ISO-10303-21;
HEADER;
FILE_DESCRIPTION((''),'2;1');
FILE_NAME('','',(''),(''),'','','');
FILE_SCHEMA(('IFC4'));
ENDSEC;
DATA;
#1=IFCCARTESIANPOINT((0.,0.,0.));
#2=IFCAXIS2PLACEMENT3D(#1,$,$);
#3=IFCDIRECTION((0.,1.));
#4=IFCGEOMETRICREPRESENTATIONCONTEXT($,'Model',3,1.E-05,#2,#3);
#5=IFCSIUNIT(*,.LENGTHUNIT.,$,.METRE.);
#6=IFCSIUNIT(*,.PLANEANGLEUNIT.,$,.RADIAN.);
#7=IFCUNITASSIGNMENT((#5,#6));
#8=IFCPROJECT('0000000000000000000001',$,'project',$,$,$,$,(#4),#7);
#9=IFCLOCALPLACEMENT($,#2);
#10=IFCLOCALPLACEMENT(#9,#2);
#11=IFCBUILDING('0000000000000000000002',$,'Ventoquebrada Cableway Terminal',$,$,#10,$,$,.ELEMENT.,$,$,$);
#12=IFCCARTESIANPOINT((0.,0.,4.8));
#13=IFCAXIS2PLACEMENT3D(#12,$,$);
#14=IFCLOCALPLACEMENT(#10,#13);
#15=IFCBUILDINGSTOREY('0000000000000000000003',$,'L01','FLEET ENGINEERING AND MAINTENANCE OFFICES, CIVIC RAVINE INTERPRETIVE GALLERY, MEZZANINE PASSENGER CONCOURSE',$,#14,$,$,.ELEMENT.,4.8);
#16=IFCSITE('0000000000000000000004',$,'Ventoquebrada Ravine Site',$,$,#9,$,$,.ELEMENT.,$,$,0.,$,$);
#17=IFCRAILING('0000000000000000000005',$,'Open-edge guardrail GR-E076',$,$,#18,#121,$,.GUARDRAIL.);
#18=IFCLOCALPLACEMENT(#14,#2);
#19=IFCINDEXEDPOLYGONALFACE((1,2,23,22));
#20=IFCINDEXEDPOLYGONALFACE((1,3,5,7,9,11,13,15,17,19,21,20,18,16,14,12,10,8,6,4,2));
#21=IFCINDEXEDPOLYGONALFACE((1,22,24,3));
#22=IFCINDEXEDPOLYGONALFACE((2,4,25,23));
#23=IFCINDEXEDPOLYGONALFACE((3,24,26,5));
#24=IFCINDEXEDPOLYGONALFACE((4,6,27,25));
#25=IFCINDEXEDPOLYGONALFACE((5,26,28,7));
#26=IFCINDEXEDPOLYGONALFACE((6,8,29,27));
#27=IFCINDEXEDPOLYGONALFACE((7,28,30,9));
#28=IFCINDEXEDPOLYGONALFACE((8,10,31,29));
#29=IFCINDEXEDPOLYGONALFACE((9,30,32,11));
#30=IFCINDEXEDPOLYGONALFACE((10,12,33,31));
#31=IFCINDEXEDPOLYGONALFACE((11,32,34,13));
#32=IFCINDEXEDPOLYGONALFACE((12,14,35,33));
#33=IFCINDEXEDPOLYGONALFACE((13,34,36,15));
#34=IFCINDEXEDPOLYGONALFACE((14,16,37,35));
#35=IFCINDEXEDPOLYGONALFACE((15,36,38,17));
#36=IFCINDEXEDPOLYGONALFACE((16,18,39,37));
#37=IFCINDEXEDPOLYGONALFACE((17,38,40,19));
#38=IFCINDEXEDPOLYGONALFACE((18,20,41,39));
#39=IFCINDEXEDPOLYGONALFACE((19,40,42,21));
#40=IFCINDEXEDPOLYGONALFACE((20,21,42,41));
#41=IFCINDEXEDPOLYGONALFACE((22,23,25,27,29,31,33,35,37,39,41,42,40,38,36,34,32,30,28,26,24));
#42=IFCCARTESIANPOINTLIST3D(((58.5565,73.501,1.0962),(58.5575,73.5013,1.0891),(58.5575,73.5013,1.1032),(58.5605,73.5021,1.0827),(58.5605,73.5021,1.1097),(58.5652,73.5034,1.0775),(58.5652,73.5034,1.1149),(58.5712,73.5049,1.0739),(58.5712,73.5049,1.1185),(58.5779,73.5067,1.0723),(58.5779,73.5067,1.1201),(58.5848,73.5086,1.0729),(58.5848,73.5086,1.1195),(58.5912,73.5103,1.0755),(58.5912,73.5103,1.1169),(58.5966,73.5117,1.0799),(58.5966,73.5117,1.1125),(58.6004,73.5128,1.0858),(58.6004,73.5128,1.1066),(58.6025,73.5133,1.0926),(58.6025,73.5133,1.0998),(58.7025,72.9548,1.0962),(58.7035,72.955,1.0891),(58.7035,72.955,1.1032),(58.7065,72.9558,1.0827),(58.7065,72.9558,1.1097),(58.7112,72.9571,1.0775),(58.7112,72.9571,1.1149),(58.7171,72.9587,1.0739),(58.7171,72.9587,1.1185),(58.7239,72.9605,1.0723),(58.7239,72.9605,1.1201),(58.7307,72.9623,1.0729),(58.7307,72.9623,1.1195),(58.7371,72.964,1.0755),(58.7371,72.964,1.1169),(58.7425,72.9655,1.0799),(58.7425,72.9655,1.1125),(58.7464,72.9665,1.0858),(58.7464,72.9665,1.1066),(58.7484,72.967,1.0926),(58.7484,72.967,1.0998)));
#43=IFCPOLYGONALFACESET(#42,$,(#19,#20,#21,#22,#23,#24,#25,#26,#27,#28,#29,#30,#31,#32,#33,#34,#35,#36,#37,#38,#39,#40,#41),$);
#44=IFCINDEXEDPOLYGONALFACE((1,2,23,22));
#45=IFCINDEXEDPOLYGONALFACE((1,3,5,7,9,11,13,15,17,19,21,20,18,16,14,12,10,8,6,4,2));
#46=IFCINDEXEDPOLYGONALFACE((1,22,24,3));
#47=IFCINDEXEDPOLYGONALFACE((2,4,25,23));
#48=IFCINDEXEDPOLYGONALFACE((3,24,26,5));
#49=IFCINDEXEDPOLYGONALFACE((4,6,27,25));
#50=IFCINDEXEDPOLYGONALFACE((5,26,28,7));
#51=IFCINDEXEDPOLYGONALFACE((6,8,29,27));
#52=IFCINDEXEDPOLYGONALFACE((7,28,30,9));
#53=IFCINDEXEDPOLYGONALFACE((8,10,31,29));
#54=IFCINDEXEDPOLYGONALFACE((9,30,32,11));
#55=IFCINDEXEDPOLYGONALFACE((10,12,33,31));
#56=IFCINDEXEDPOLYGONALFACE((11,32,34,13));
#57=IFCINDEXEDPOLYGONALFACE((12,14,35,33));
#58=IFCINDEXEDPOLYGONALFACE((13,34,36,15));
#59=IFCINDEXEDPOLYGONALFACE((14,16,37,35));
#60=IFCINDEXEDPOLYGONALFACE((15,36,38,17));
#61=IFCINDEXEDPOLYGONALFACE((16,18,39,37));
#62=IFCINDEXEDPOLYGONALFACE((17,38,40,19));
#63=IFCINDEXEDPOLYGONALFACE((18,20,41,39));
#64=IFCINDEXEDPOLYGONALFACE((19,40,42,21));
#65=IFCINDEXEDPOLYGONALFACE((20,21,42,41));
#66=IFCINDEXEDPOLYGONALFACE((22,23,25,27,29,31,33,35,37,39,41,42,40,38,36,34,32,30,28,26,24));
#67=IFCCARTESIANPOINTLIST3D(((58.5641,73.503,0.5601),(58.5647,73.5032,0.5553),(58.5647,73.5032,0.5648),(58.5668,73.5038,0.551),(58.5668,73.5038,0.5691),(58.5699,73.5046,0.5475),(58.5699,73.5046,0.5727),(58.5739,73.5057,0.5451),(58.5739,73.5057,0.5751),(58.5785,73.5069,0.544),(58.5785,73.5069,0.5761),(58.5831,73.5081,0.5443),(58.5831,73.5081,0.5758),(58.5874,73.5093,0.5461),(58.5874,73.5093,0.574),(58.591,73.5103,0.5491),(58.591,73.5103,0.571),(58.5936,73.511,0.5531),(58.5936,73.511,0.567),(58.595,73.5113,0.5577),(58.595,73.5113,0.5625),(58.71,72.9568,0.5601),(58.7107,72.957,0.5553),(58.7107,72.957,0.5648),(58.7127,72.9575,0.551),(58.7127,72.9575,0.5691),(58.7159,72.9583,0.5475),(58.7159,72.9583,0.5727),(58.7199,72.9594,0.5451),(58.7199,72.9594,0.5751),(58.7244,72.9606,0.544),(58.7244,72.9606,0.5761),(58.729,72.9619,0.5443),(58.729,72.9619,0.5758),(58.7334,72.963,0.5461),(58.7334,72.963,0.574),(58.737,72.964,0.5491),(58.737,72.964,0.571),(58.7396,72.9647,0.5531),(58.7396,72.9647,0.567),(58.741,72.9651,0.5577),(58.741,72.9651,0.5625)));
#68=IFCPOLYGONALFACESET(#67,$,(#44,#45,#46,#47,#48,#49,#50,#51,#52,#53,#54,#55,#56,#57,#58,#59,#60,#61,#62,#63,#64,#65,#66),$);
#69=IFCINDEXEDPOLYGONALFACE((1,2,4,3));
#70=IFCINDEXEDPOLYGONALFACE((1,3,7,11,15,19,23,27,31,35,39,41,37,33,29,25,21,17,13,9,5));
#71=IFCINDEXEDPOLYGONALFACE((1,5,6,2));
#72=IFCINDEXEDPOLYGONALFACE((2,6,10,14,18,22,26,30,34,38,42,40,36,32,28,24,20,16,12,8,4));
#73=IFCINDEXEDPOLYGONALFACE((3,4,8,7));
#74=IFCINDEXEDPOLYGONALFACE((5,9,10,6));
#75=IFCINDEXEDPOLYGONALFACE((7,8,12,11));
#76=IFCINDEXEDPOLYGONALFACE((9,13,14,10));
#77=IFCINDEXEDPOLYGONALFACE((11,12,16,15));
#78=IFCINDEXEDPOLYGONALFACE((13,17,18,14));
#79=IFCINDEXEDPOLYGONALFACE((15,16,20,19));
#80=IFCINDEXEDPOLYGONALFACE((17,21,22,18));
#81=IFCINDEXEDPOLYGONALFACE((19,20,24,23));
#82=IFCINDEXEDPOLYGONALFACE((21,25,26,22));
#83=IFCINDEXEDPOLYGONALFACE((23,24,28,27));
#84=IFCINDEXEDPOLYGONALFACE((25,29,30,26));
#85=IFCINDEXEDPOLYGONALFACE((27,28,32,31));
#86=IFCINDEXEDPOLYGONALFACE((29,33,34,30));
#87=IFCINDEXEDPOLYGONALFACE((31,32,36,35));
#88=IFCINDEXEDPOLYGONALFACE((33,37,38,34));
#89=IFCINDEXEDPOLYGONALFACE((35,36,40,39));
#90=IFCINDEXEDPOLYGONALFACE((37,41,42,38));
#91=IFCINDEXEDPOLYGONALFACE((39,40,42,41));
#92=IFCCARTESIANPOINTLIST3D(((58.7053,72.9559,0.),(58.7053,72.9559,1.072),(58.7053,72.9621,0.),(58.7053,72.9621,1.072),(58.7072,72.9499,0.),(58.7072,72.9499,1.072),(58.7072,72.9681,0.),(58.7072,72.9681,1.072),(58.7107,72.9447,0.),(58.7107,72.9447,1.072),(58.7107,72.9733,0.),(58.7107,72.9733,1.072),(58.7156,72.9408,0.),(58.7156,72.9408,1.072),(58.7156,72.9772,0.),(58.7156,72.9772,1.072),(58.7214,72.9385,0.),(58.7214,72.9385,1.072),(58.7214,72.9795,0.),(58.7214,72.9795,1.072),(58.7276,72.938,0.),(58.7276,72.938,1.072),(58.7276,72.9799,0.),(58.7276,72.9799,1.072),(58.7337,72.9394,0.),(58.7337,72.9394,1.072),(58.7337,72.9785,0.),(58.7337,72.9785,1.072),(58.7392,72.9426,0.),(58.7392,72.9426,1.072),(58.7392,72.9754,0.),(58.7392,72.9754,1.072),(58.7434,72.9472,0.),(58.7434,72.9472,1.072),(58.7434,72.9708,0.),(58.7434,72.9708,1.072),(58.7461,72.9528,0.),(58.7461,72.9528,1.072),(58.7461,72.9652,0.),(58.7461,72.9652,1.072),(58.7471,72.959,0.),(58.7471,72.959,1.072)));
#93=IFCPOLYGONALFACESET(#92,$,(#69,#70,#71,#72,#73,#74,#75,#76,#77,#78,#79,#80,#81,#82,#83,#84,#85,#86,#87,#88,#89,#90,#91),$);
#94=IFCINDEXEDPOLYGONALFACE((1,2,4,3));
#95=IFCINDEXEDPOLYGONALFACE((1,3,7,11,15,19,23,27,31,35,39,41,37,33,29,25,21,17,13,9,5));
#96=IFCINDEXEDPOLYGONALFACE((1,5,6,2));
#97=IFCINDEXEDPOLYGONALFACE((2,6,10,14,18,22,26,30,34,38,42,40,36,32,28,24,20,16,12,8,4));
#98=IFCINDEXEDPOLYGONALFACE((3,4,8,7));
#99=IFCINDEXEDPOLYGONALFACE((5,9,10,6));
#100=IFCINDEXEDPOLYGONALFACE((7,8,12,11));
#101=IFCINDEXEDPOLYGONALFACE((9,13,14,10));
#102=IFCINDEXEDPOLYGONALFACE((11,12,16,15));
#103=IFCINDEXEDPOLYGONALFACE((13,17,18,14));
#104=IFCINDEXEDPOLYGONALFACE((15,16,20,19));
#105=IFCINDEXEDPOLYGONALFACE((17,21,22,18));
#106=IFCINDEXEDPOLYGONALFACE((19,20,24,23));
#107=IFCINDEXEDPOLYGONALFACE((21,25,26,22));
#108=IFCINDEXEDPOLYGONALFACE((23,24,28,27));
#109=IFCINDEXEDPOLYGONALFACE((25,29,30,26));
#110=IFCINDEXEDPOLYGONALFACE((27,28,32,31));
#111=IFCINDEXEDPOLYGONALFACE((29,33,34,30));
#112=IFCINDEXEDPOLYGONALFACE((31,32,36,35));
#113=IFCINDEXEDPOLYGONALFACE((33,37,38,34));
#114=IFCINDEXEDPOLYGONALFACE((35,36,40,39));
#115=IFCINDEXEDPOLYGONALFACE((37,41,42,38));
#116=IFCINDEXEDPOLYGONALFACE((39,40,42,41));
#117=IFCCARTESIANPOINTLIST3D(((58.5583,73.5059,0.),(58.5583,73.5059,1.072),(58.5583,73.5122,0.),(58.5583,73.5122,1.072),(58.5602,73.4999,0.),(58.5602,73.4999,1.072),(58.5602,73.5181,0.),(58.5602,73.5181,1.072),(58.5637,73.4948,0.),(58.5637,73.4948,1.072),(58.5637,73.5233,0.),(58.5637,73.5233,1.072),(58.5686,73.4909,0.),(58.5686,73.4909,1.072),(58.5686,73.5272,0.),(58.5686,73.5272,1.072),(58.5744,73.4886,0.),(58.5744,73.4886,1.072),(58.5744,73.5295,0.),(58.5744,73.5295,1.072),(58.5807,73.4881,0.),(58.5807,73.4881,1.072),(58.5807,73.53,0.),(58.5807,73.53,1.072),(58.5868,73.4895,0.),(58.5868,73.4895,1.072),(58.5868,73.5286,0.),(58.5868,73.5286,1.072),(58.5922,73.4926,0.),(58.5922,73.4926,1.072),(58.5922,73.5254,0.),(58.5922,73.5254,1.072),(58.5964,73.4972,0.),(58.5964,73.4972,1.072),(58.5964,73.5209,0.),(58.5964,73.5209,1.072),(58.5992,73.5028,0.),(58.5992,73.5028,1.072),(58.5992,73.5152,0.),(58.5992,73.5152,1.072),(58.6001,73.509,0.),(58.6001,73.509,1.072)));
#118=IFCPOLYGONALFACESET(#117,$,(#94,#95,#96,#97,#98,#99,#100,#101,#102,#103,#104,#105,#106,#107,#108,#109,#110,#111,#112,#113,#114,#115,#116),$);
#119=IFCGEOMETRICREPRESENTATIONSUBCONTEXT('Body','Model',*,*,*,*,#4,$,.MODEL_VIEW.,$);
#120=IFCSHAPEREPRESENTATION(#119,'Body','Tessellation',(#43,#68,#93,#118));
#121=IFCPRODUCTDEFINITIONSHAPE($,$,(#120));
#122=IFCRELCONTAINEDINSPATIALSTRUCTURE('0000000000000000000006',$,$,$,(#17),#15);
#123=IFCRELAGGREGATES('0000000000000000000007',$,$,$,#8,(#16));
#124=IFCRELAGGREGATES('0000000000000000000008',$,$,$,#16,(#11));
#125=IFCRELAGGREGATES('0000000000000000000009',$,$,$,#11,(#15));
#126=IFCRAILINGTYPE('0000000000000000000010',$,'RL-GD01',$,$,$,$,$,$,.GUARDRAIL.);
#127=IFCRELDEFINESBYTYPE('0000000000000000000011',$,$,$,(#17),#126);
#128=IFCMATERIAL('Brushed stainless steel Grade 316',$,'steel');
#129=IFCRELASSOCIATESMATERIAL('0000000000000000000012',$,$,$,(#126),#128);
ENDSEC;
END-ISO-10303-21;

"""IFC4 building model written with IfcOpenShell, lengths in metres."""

from ifc_helpers import new_model, si_unit, direction, frame, origin, origin_2d, place, context, subcontext, project, spatial, circle, extrude, material, type_object, element, save


model = new_model("IFC4")

# Units and contexts
model_context = context("Model", 3, precision=1e-05, world=origin(), true_north=direction((0.0, 1.0)))
body_context = subcontext(model_context, "Body", "Model", "MODEL_VIEW")
ifc_project = project(units=[si_unit("LENGTHUNIT", "METRE"), si_unit("PLANEANGLEUNIT", "RADIAN")], contexts=[model_context])

# Site, building, storey
site_placement = place(None, origin())
site = spatial("IfcSite", under=ifc_project, at=site_placement, Name="Ventoquebrada Ravine Site", CompositionType="ELEMENT", RefElevation=0.0)
building_placement = place(site_placement, origin())
building = spatial("IfcBuilding", under=site, at=building_placement, Name="Ventoquebrada Cableway Terminal", CompositionType="ELEMENT")
storey_placement = place(building_placement, frame((0.0, 0.0, 4.8)))
storey = spatial("IfcBuildingStorey", under=building, at=storey_placement, Name="L01", Description="FLEET ENGINEERING AND MAINTENANCE OFFICES, CIVIC RAVINE INTERPRETIVE GALLERY, MEZZANINE PASSENGER CONCOURSE", CompositionType="ELEMENT", Elevation=4.8)

# Railing
ifc_material_1 = material(Name="Brushed stainless steel Grade 316", Category="steel")
railing_type_1 = type_object("IfcRailingType", Name="RL-GD01", PredefinedType="GUARDRAIL", material=ifc_material_1)
railing_1_placement = place(storey_placement, frame((58.7261, 72.959, 0.0)))
element("IfcRailing", 1, at=railing_1_placement, inside=storey, type_object=railing_type_1, Name="Open-edge guardrail GR-E076", PredefinedType="GUARDRAIL", context=body_context, shape_type="SweptSolid", body=[
    extrude(circle(Radius=0.0239, at=origin_2d()), frame((-0.0005, 0.002, 1.0962), z_axis=(-0.258143, 0.966107, 0.0), x_axis=(-0.966107, -0.258143, 0.0)), (0.0, 0.0, 1.0), 0.5654),
    extrude(circle(Radius=0.0161, at=origin_2d()), frame((-0.0005, 0.002, 0.5601), z_axis=(-0.258143, 0.966107, 0.0), x_axis=(-0.966107, -0.258143, 0.0)), (0.0, 0.0, 1.0), 0.5654),
    extrude(circle(Radius=0.021, at=origin_2d()), origin(), (0.0, 0.0, 1.0), 1.072),
    extrude(circle(Radius=0.021, at=origin_2d()), frame((-0.147, 0.55, 0.0)), (0.0, 0.0, 1.0), 1.072),
])

save(model, "model.ifc")
